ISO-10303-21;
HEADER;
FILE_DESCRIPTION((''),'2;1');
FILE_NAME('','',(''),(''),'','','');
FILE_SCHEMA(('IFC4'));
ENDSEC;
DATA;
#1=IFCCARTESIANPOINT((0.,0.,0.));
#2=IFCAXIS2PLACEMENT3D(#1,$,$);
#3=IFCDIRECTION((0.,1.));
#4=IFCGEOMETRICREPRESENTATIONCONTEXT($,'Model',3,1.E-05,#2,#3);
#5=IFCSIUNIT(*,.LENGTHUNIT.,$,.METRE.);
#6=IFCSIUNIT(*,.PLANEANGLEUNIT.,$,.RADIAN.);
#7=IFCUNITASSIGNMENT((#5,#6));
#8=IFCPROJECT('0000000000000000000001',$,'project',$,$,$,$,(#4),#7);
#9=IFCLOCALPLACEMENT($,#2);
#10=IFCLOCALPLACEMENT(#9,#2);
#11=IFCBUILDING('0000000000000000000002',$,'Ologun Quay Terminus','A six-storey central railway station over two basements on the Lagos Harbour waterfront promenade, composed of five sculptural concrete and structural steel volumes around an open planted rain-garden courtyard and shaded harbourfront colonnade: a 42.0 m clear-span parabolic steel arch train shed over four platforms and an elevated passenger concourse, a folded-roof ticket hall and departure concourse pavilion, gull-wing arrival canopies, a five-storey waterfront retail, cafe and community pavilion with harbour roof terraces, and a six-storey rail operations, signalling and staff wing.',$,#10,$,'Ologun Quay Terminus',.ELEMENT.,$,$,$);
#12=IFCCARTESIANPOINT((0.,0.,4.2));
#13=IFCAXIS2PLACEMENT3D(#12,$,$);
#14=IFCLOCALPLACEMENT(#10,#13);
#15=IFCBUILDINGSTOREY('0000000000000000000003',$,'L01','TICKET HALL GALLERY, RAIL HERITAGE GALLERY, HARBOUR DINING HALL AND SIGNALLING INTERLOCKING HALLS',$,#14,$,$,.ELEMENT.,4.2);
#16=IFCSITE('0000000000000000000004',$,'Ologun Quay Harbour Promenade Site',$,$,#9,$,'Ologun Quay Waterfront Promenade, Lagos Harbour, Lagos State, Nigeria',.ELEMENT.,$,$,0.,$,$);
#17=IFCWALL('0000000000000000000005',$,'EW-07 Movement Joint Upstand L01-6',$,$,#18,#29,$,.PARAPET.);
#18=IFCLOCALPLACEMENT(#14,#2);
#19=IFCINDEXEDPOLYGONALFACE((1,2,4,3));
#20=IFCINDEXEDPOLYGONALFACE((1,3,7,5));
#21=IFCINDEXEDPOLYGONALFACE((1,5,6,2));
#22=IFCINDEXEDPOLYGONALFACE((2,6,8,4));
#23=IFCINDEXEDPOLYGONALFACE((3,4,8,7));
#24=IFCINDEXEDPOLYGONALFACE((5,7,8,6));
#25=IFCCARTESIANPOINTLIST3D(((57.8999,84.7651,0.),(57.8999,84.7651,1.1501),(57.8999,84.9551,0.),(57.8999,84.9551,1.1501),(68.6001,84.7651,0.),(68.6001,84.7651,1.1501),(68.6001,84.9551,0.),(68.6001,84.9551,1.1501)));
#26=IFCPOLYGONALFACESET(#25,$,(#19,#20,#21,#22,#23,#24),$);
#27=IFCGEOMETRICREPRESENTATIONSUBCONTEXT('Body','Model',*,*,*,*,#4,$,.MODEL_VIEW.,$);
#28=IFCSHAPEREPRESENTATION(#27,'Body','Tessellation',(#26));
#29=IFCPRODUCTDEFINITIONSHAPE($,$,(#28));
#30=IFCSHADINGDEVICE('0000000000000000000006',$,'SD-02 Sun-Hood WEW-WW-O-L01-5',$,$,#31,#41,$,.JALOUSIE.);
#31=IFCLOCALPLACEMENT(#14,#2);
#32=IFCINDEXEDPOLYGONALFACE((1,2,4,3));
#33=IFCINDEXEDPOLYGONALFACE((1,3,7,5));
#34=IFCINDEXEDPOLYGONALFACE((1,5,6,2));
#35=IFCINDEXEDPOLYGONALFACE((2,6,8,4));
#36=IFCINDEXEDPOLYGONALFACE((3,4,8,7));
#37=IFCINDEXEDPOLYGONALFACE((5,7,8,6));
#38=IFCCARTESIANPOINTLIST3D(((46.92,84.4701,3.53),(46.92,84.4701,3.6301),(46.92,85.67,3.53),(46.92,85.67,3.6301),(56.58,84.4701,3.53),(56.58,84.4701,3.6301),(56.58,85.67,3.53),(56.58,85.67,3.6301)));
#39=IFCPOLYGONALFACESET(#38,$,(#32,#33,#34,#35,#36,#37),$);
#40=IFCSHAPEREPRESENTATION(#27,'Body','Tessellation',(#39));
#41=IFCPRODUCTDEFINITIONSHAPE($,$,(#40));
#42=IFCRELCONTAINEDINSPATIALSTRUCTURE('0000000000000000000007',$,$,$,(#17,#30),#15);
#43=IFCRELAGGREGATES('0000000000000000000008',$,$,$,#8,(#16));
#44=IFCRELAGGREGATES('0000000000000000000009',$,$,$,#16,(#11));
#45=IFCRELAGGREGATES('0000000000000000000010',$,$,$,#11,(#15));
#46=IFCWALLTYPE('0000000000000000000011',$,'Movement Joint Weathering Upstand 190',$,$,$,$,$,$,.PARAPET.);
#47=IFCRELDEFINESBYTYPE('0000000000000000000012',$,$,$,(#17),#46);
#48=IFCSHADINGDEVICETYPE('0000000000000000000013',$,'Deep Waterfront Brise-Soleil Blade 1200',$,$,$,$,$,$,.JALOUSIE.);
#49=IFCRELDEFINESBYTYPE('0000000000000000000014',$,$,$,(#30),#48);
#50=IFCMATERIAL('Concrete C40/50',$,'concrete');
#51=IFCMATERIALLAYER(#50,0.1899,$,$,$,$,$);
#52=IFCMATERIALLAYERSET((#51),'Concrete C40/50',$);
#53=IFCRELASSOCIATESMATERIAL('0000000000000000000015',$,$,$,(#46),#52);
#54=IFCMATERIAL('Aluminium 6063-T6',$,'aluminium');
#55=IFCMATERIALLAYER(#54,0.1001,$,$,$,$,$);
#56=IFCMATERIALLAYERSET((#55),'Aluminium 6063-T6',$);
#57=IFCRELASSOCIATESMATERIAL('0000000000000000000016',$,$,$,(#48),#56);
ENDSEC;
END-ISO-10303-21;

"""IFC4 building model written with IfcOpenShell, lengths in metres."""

from ifc_helpers import new_model, si_unit, direction, frame, frame_2d, origin, origin_2d, place, context, subcontext, project, spatial, rectangle, extrude, material, layer, layer_set, type_object, element, save


model = new_model("IFC4")

# Units and contexts
model_context = context("Model", 3, precision=1e-05, world=origin(), true_north=direction((0.0, 1.0)))
body_context = subcontext(model_context, "Body", "Model", "MODEL_VIEW")
ifc_project = project(units=[si_unit("LENGTHUNIT", "METRE"), si_unit("PLANEANGLEUNIT", "RADIAN")], contexts=[model_context])

# Site, building, storey
site_placement = place(None, origin())
site = spatial("IfcSite", under=ifc_project, at=site_placement, Name="Ologun Quay Harbour Promenade Site", LongName="Ologun Quay Waterfront Promenade, Lagos Harbour, Lagos State, Nigeria", CompositionType="ELEMENT", RefElevation=0.0)
building_placement = place(site_placement, origin())
building = spatial("IfcBuilding", under=site, at=building_placement, Name="Ologun Quay Terminus", Description="A six-storey central railway station over two basements on the Lagos Harbour waterfront promenade, composed of five sculptural concrete and structural steel volumes around an open planted rain-garden courtyard and shaded harbourfront colonnade: a 42.0 m clear-span parabolic steel arch train shed over four platforms and an elevated passenger concourse, a folded-roof ticket hall and departure concourse pavilion, gull-wing arrival canopies, a five-storey waterfront retail, cafe and community pavilion with harbour roof terraces, and a six-storey rail operations, signalling and staff wing.", LongName="Ologun Quay Terminus", CompositionType="ELEMENT")
storey_placement = place(building_placement, frame((0.0, 0.0, 4.2)))
storey = spatial("IfcBuildingStorey", under=building, at=storey_placement, Name="L01", Description="TICKET HALL GALLERY, RAIL HERITAGE GALLERY, HARBOUR DINING HALL AND SIGNALLING INTERLOCKING HALLS", CompositionType="ELEMENT", Elevation=4.2)

# Wall
ifc_material_1 = material(Name="Concrete C40/50", Category="concrete")
ifc_layer_1 = layer(ifc_material_1, 0.1899)
ifc_layer_set_1 = layer_set([ifc_layer_1], Name="Concrete C40/50")
wall_type_1 = type_object("IfcWallType", Name="Movement Joint Weathering Upstand 190", PredefinedType="PARAPET", material=ifc_layer_set_1)
wall_placement = place(storey_placement, frame((57.8999, 84.8601, 0.0), z_axis=(0.0, 0.0, 1.0), x_axis=(1.0, 0.0, 0.0)))
element("IfcWall", 1, at=wall_placement, inside=storey, type_object=wall_type_1, Name="EW-07 Movement Joint Upstand L01-6", PredefinedType="PARAPET", context=body_context, shape_type="SweptSolid", body=[
    extrude(rectangle(XDim=10.7002, YDim=0.1899, at=frame_2d((5.3501, 0.0))), origin(), (0.0, 0.0, 1.0), 1.1501),
])

# Shading device
ifc_material_2 = material(Name="Aluminium 6063-T6", Category="aluminium")
ifc_layer_2 = layer(ifc_material_2, 0.1001)
ifc_layer_set_2 = layer_set([ifc_layer_2], Name="Aluminium 6063-T6")
shading_device_type = type_object("IfcShadingDeviceType", Name="Deep Waterfront Brise-Soleil Blade 1200", PredefinedType="JALOUSIE", material=ifc_layer_set_2)
shading_device_placement = place(storey_placement, frame((51.75, 85.0701, 3.53), z_axis=(0.0, 0.0, 1.0), x_axis=(1.0, 0.0, 0.0)))
element("IfcShadingDevice", 2, at=shading_device_placement, inside=storey, type_object=shading_device_type, Name="SD-02 Sun-Hood WEW-WW-O-L01-5", PredefinedType="JALOUSIE", context=body_context, shape_type="SweptSolid", body=[
    extrude(rectangle(XDim=9.6599, YDim=1.2, at=origin_2d()), origin(), (0.0, 0.0, 1.0), 0.1001),
])

save(model, "model.ifc")
